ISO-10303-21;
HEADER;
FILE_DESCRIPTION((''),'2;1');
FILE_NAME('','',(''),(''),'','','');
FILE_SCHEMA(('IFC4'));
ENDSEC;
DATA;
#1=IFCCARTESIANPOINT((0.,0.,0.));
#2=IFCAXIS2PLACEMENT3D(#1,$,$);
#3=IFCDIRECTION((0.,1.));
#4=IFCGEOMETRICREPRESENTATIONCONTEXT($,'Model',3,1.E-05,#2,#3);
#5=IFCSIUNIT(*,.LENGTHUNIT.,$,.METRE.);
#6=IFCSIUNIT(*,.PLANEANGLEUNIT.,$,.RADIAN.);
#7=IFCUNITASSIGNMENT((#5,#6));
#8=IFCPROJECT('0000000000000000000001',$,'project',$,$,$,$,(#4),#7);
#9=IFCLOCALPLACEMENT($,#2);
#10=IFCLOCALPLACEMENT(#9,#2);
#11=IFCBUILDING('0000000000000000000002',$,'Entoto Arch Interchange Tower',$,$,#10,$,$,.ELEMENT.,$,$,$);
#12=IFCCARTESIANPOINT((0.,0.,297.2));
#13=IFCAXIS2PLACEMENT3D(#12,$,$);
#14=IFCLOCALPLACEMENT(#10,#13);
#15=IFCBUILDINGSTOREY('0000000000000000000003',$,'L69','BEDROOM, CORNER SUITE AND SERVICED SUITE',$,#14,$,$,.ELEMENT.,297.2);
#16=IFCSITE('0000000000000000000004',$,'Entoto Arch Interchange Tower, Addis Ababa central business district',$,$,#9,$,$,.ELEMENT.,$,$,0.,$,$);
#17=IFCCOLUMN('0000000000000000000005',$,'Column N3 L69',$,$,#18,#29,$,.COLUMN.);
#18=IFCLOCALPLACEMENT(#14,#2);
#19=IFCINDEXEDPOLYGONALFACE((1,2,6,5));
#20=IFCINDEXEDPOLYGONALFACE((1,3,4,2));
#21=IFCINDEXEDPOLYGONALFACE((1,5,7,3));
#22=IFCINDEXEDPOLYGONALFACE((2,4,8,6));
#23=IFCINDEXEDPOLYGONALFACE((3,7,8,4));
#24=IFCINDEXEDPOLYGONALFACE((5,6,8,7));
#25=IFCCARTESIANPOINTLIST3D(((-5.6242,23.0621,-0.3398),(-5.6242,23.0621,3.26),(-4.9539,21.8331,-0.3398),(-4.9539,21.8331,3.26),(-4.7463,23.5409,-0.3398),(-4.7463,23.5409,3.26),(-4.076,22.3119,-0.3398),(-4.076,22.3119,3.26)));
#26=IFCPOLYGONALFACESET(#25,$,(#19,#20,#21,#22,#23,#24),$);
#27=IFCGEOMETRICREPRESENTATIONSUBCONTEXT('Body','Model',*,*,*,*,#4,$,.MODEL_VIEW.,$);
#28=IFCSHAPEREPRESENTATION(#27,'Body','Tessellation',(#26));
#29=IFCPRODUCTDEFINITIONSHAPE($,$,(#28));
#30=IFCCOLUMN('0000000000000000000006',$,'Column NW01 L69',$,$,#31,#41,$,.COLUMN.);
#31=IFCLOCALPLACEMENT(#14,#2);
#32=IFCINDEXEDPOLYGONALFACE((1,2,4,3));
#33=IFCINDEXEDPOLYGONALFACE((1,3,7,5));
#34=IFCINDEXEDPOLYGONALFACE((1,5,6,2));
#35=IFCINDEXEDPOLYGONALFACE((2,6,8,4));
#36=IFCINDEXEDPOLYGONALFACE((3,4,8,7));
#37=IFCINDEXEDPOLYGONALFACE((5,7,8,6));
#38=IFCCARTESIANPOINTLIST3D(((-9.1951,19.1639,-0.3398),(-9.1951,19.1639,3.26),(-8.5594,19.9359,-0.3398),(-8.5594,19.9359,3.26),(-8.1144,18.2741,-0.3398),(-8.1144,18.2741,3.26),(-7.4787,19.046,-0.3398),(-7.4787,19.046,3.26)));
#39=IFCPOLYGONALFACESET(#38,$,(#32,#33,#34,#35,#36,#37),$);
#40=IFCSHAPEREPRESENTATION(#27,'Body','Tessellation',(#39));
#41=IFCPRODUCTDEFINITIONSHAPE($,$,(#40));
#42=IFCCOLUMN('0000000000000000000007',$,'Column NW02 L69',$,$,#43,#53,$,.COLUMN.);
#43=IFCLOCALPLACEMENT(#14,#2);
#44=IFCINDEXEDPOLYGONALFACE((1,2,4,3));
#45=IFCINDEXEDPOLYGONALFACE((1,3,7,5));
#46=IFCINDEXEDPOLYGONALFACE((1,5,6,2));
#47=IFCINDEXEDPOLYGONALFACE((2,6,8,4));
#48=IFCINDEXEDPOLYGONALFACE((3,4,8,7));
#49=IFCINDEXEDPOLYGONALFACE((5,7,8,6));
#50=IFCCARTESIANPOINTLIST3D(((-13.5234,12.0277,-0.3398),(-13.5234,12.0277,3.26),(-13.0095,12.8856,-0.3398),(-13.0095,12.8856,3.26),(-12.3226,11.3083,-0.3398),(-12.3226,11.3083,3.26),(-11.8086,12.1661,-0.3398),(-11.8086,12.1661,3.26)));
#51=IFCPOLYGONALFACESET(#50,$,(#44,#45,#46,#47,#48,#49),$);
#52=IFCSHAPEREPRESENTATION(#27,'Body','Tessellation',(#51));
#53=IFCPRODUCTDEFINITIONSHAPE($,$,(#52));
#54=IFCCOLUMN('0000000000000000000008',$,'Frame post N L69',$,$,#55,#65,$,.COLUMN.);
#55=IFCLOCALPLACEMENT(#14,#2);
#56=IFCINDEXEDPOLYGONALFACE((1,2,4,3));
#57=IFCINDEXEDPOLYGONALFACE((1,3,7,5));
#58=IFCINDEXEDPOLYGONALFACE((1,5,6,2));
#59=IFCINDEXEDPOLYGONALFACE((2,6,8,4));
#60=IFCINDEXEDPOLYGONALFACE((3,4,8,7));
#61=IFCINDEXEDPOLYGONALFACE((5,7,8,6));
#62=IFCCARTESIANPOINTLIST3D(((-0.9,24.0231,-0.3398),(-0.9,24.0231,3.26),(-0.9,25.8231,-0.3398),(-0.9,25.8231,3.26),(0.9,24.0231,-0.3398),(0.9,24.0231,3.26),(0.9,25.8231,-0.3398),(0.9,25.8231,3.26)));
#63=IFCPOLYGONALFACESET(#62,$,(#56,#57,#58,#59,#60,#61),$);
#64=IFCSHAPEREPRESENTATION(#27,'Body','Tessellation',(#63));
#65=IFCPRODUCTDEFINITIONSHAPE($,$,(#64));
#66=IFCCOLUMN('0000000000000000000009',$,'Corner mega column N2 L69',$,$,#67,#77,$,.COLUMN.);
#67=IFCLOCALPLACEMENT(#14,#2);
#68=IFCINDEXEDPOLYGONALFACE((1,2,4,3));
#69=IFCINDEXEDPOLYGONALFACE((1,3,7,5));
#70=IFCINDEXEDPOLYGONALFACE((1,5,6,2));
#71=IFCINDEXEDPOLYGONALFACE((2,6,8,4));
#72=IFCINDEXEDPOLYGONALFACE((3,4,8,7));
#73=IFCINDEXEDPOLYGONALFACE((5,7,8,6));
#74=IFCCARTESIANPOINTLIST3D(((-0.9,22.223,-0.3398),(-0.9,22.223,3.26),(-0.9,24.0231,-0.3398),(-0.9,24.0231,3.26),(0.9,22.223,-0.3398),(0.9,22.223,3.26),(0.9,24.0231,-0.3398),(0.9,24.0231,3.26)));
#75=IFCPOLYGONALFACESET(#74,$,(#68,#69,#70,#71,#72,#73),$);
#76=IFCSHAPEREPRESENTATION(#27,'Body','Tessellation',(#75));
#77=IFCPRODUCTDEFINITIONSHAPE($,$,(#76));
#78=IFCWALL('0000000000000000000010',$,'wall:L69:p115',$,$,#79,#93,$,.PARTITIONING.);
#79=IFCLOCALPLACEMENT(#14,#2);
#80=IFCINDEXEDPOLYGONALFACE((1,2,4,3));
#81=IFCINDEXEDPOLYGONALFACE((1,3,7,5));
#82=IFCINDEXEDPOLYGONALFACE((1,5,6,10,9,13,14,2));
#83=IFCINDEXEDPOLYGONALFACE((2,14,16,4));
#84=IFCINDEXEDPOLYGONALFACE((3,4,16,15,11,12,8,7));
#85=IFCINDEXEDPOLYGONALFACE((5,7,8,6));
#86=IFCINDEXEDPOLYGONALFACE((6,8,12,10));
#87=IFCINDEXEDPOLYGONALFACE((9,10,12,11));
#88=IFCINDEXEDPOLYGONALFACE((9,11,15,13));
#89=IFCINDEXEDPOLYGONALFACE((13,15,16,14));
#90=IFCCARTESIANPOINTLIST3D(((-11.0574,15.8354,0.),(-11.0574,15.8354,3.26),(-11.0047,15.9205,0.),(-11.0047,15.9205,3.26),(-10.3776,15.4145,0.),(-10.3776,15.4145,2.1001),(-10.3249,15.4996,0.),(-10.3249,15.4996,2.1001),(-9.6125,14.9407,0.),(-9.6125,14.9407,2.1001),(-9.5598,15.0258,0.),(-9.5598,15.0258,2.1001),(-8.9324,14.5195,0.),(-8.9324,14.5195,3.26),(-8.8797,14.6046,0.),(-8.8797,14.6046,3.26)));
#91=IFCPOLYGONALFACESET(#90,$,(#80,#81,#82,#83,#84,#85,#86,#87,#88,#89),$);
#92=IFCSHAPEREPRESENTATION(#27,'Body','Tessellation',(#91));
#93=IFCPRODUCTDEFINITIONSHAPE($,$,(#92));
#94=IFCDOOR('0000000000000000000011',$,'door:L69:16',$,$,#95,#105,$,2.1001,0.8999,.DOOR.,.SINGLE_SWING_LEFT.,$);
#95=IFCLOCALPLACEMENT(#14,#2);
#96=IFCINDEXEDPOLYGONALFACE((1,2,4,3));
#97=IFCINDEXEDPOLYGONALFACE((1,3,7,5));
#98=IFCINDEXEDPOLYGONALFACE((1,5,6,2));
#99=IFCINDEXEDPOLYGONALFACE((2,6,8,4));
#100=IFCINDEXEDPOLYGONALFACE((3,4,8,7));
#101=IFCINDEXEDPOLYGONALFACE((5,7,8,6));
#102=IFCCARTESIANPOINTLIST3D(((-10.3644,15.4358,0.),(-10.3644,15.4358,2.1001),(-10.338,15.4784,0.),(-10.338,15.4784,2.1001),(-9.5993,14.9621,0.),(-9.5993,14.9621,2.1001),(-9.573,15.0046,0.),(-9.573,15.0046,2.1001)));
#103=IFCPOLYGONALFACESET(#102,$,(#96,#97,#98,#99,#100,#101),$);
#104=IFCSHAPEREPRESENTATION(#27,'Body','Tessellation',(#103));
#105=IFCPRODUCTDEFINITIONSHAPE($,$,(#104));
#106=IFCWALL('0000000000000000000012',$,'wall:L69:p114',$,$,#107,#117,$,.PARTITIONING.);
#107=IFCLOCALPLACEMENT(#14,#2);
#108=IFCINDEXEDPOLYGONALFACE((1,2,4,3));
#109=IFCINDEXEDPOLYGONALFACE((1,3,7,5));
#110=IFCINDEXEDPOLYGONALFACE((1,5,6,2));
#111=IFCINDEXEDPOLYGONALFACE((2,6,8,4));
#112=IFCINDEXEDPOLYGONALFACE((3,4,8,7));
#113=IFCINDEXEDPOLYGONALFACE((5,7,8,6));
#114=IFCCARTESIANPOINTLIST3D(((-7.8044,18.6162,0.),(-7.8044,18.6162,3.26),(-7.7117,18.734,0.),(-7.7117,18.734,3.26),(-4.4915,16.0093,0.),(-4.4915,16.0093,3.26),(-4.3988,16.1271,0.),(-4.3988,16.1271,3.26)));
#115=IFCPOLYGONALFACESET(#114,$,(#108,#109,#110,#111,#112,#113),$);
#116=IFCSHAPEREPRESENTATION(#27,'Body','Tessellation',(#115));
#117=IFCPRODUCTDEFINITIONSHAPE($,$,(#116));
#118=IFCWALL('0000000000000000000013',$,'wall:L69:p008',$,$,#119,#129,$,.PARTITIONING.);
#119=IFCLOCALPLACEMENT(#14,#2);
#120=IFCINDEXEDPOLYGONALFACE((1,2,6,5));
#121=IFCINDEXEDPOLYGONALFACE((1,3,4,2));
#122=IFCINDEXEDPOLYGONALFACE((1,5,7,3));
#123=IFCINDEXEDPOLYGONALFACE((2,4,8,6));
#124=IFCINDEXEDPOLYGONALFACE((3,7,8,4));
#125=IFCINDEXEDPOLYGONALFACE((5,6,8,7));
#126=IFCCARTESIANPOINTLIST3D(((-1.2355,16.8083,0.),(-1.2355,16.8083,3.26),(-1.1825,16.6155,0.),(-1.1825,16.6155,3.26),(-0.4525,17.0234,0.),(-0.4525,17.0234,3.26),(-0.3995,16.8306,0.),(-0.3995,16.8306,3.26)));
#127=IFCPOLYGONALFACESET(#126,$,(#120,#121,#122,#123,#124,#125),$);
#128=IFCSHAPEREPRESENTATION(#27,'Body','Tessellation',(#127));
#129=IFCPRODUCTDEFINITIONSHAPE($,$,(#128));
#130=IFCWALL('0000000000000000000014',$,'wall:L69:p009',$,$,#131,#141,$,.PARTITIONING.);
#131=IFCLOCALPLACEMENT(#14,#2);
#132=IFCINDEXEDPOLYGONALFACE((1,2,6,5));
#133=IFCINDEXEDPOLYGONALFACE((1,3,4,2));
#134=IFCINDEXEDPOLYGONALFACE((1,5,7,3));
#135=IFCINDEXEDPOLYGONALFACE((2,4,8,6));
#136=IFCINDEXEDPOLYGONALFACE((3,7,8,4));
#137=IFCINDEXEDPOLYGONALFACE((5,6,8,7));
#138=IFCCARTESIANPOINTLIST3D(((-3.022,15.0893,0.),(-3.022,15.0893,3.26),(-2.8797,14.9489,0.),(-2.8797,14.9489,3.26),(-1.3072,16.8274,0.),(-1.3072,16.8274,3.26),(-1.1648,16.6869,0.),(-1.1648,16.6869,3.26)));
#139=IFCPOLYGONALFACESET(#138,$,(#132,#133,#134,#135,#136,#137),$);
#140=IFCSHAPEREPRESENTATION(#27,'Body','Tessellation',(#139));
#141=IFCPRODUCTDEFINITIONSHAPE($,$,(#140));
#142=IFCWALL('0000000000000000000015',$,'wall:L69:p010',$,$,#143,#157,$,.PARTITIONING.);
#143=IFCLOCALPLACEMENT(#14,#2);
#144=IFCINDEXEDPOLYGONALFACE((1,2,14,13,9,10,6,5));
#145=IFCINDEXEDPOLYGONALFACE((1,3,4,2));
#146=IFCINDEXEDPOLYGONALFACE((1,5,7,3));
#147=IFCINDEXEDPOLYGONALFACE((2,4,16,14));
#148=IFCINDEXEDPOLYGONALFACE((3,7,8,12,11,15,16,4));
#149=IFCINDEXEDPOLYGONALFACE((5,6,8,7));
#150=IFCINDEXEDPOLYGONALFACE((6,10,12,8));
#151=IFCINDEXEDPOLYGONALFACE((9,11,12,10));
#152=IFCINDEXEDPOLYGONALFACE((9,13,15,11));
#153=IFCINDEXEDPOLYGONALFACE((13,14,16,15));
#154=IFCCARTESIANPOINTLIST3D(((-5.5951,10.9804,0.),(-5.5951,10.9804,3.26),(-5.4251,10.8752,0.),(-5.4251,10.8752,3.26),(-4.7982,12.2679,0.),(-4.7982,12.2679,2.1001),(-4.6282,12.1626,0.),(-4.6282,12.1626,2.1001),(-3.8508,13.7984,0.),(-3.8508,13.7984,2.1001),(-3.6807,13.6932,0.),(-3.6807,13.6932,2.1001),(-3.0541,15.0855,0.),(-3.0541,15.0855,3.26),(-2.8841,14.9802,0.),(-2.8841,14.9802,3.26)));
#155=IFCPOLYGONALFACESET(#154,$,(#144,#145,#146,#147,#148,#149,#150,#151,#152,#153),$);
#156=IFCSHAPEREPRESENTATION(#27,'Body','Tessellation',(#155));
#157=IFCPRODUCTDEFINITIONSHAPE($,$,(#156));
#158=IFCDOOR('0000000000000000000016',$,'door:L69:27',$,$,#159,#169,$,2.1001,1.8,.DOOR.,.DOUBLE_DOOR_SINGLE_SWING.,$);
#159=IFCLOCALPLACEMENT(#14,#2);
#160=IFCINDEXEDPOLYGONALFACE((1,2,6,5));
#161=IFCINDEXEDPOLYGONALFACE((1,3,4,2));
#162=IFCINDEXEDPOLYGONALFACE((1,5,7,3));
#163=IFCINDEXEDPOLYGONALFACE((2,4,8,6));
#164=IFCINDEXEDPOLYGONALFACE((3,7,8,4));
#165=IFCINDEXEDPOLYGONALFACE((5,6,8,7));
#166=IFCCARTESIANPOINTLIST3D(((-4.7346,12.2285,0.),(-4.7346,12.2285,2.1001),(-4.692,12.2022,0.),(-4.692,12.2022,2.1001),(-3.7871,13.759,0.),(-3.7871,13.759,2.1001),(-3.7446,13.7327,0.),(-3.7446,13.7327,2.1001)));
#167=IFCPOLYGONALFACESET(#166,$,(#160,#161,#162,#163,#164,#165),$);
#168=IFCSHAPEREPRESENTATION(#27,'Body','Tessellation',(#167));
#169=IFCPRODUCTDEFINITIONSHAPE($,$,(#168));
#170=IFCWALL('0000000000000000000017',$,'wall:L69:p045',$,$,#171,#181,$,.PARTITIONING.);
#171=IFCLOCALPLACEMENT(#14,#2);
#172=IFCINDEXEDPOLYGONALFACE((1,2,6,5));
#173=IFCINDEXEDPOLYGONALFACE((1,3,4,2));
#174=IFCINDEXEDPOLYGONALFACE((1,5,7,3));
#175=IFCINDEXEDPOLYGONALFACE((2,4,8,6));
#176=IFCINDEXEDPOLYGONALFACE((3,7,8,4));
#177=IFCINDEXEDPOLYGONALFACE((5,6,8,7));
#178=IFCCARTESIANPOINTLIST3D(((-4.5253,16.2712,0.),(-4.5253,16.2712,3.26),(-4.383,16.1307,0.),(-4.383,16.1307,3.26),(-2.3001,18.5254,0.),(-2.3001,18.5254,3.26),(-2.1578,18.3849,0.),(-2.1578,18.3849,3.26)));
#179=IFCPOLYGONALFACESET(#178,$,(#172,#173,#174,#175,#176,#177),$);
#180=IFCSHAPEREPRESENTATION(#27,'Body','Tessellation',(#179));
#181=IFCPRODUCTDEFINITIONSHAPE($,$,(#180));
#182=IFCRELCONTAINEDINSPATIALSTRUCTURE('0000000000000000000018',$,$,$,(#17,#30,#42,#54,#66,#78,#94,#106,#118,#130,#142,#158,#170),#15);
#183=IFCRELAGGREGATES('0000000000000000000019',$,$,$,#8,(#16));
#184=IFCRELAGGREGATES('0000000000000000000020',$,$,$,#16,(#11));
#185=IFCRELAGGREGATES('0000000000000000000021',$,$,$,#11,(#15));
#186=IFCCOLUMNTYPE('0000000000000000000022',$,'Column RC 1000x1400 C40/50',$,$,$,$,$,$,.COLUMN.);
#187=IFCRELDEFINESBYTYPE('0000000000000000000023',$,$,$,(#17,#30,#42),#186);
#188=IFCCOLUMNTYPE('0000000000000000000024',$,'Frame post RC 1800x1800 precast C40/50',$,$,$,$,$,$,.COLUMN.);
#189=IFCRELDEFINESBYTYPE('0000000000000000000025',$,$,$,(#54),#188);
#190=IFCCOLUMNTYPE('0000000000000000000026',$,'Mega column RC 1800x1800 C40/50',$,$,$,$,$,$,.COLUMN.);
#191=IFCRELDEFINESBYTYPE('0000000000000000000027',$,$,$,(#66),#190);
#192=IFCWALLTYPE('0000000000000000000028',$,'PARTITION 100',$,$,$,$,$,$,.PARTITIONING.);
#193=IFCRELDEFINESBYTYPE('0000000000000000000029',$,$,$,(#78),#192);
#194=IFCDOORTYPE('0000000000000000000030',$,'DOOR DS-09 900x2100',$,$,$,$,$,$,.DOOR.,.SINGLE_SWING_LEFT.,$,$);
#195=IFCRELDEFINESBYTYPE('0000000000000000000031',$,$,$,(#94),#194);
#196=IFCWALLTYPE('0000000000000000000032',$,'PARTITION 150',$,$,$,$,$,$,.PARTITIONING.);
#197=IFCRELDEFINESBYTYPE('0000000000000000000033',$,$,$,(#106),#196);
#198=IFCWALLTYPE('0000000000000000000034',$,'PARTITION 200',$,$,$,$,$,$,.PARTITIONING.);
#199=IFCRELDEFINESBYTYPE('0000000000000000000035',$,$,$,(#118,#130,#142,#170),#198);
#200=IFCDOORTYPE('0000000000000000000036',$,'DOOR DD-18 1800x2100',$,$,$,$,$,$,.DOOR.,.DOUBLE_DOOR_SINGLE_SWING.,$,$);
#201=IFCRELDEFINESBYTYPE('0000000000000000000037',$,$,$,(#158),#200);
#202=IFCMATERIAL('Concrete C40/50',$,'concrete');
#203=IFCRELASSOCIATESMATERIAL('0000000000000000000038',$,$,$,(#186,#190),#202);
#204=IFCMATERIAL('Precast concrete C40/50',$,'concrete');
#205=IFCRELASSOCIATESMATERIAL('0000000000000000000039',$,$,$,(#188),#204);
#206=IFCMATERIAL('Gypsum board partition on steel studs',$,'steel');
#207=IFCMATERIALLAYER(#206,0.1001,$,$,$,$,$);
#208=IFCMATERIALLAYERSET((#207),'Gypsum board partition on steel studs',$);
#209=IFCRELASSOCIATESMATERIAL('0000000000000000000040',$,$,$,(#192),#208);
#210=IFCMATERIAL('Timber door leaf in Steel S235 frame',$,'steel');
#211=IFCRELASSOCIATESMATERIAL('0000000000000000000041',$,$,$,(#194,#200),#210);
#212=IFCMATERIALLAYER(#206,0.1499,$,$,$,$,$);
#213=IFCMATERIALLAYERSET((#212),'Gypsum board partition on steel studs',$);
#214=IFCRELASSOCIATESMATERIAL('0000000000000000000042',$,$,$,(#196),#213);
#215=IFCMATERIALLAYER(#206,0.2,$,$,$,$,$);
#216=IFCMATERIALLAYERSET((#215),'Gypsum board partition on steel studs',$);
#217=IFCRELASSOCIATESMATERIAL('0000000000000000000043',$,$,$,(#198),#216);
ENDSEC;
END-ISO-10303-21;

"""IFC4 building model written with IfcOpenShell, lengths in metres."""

from ifc_helpers import new_model, si_unit, direction, frame, frame_2d, origin, origin_2d, place, context, subcontext, project, spatial, rectangle, extrude, material, layer, layer_set, material_profile, profile_set, type_object, element, fill, save


model = new_model("IFC4")

# Units and contexts
model_context = context("Model", 3, precision=1e-05, world=origin(), true_north=direction((0.0, 1.0)))
body_context = subcontext(model_context, "Body", "Model", "MODEL_VIEW")
ifc_project = project(units=[si_unit("LENGTHUNIT", "METRE"), si_unit("PLANEANGLEUNIT", "RADIAN")], contexts=[model_context])

# Site, building, storey
site_placement = place(None, origin())
site = spatial("IfcSite", under=ifc_project, at=site_placement, Name="Entoto Arch Interchange Tower, Addis Ababa central business district", CompositionType="ELEMENT", RefElevation=0.0)
building_placement = place(site_placement, origin())
building = spatial("IfcBuilding", under=site, at=building_placement, Name="Entoto Arch Interchange Tower", CompositionType="ELEMENT")
storey_placement = place(building_placement, frame((0.0, 0.0, 297.2)))
storey = spatial("IfcBuildingStorey", under=building, at=storey_placement, Name="L69", Description="BEDROOM, CORNER SUITE AND SERVICED SUITE", CompositionType="ELEMENT", Elevation=297.2)

# Columns
ifc_material_1 = material(Name="Concrete C40/50", Category="concrete")
ifc_material_profile_1 = material_profile(ifc_material_1, rectangle(XDim=1.0, YDim=1.3999, at=origin_2d()))
ifc_profile_set_1 = profile_set([ifc_material_profile_1], Name="Concrete C40/50")
column_type_1 = type_object("IfcColumnType", Name="Column RC 1000x1400 C40/50", PredefinedType="COLUMN", material=ifc_profile_set_1)
for number, where, z_axis, x_axis, name in (
    (1, (-4.8501, 22.687, -0.3398), (0.0, 0.0, 1.0), (0.877899, 0.478845, 0.0), "Column N3 L69"),
    (2, (-8.3369, 19.105, -0.3398), (0.0, 0.0, 1.0), (0.635647, 0.77198, 0.0), "Column NW01 L69"),
    (3, (-12.666, 12.0969, -0.3398), (0.0, 0.0, 1.0), (0.513946, 0.857823, 0.0), "Column NW02 L69"),
):
    element("IfcColumn", number, at=place(storey_placement, frame(where, z_axis=z_axis, x_axis=x_axis)), inside=storey, type_object=column_type_1, Name=name, PredefinedType="COLUMN", context=body_context, shape_type="SweptSolid", body=[
        extrude(rectangle(XDim=1.0, YDim=1.3999, at=origin_2d()), origin(), (0.0, 0.0, 1.0), 3.5999),
    ])
ifc_material_2 = material(Name="Precast concrete C40/50", Category="concrete")
ifc_material_profile_2 = material_profile(ifc_material_2, rectangle(XDim=1.8, YDim=1.8, at=origin_2d()))
ifc_profile_set_2 = profile_set([ifc_material_profile_2], Name="Precast concrete C40/50")
column_type_2 = type_object("IfcColumnType", Name="Frame post RC 1800x1800 precast C40/50", PredefinedType="COLUMN", material=ifc_profile_set_2)
column_1_placement = place(storey_placement, frame((0.0, 24.9231, -0.3398), z_axis=(0.0, 0.0, 1.0), x_axis=(0.0, 1.0, 0.0)))
element("IfcColumn", 4, at=column_1_placement, inside=storey, type_object=column_type_2, Name="Frame post N L69", PredefinedType="COLUMN", context=body_context, shape_type="SweptSolid", body=[
    extrude(rectangle(XDim=1.8, YDim=1.8, at=origin_2d()), origin(), (0.0, 0.0, 1.0), 3.5999),
])
ifc_material_profile_3 = material_profile(ifc_material_1, rectangle(XDim=1.8, YDim=1.8, at=origin_2d()))
ifc_profile_set_3 = profile_set([ifc_material_profile_3], Name="Concrete C40/50")
column_type_3 = type_object("IfcColumnType", Name="Mega column RC 1800x1800 C40/50", PredefinedType="COLUMN", material=ifc_profile_set_3)
column_2_placement = place(storey_placement, frame((0.0, 23.123, -0.3398), z_axis=(0.0, 0.0, 1.0), x_axis=(0.0, 1.0, 0.0)))
element("IfcColumn", 5, at=column_2_placement, inside=storey, type_object=column_type_3, Name="Corner mega column N2 L69", PredefinedType="COLUMN", context=body_context, shape_type="SweptSolid", body=[
    extrude(rectangle(XDim=1.8, YDim=1.8, at=origin_2d()), origin(), (0.0, 0.0, 1.0), 3.5999),
])

# Wall, opening, door
ifc_material_3 = material(Name="Gypsum board partition on steel studs", Category="steel")
ifc_layer_1 = layer(ifc_material_3, 0.1001)
ifc_layer_set_1 = layer_set([ifc_layer_1], Name="Gypsum board partition on steel studs")
wall_type_1 = type_object("IfcWallType", Name="PARTITION 100", PredefinedType="PARTITIONING", material=ifc_layer_set_1)
wall_1_placement = place(storey_placement, frame((-8.906, 14.562, 0.0), z_axis=(0.0, 0.0, 1.0), x_axis=(-0.850186, 0.526482, 0.0)))
wall_1 = element("IfcWall", 6, at=wall_1_placement, inside=storey, type_object=wall_type_1, Name="wall:L69:p115", PredefinedType="PARTITIONING", context=body_context, shape_type="SweptSolid", body=[
    extrude(rectangle(XDim=2.4995, YDim=0.1001, at=frame_2d((1.2498, 0.0))), origin(), (0.0, 0.0, 1.0), 3.26),
])
opening_1_placement = place(wall_1_placement, frame((0.8, 0.0, 0.0)))
opening_1 = element("IfcOpeningElement", 7, at=opening_1_placement, cuts=wall_1, PredefinedType="OPENING", context=body_context, shape_type="SweptSolid", body=[
    extrude(rectangle(XDim=0.8999, YDim=2.1001, at=frame_2d((0.45, 1.05))), frame((0.0, 0.0601, 0.0), z_axis=(0.0, -1.0, 0.0), x_axis=(1.0, 0.0, 0.0)), (0.0, 0.0, 1.0), 0.1201),
])
ifc_material_4 = material(Name="Timber door leaf in Steel S235 frame", Category="steel")
door_type_1 = type_object("IfcDoorType", Name="DOOR DS-09 900x2100", OperationType="SINGLE_SWING_LEFT", PredefinedType="DOOR", material=ifc_material_4)
door_1_placement = place(opening_1_placement, origin())
door_1 = element("IfcDoor", 8, at=door_1_placement, inside=storey, type_object=door_type_1, Name="door:L69:16", OperationType="SINGLE_SWING_LEFT", OverallHeight=2.1001, OverallWidth=0.8999, PredefinedType="DOOR", context=body_context, shape_type="SweptSolid", body=[
    extrude(rectangle(XDim=0.8999, YDim=2.1001, at=frame_2d((0.45, 1.05))), frame((0.0, 0.0249, 0.0), z_axis=(0.0, -1.0, 0.0), x_axis=(1.0, 0.0, 0.0)), (0.0, 0.0, 1.0), 0.05),
])
fill(opening_1, door_1)

# Walls
ifc_layer_2 = layer(ifc_material_3, 0.1499)
ifc_layer_set_2 = layer_set([ifc_layer_2], Name="Gypsum board partition on steel studs")
wall_type_2 = type_object("IfcWallType", Name="PARTITION 150", PredefinedType="PARTITIONING", material=ifc_layer_set_2)
wall_2_placement = place(storey_placement, frame((-4.4451, 16.0681, 0.0), z_axis=(0.0, 0.0, 1.0), x_axis=(-0.785872, 0.618389, 0.0)))
element("IfcWall", 9, at=wall_2_placement, inside=storey, type_object=wall_type_2, Name="wall:L69:p114", PredefinedType="PARTITIONING", context=body_context, shape_type="SweptSolid", body=[
    extrude(rectangle(XDim=4.2156, YDim=0.1499, at=frame_2d((2.1079, 0.0))), origin(), (0.0, 0.0, 1.0), 3.26),
])
ifc_layer_3 = layer(ifc_material_3, 0.2)
ifc_layer_set_3 = layer_set([ifc_layer_3], Name="Gypsum board partition on steel studs")
wall_type_3 = type_object("IfcWallType", Name="PARTITION 200", PredefinedType="PARTITIONING", material=ifc_layer_set_3)
wall_3_placement = place(storey_placement, frame((-0.426, 16.927, 0.0), z_axis=(0.0, 0.0, 1.0), x_axis=(-0.964276, -0.264898, 0.0)))
element("IfcWall", 10, at=wall_3_placement, inside=storey, type_object=wall_type_3, Name="wall:L69:p008", PredefinedType="PARTITIONING", context=body_context, shape_type="SweptSolid", body=[
    extrude(rectangle(XDim=0.812, YDim=0.2, at=frame_2d((0.406, 0.0))), origin(), (0.0, 0.0, 1.0), 3.26),
])
wall_4_placement = place(storey_placement, frame((-1.2361, 16.7571, 0.0), z_axis=(0.0, 0.0, 1.0), x_axis=(-0.702341, -0.71184, 0.0)))
element("IfcWall", 11, at=wall_4_placement, inside=storey, type_object=wall_type_3, Name="wall:L69:p009", PredefinedType="PARTITIONING", context=body_context, shape_type="SweptSolid", body=[
    extrude(rectangle(XDim=2.4417, YDim=0.2, at=frame_2d((1.2207, 0.0))), origin(), (0.0, 0.0, 1.0), 3.26),
])

# Wall, opening, door
wall_5_placement = place(storey_placement, frame((-2.969, 15.033, 0.0), z_axis=(0.0, 0.0, 1.0), x_axis=(-0.52633, -0.85028, 0.0)))
wall_5 = element("IfcWall", 12, at=wall_5_placement, inside=storey, type_object=wall_type_3, Name="wall:L69:p010", PredefinedType="PARTITIONING", context=body_context, shape_type="SweptSolid", body=[
    extrude(rectangle(XDim=4.8279, YDim=0.2, at=frame_2d((2.4141, 0.0))), origin(), (0.0, 0.0, 1.0), 3.26),
])
opening_2_placement = place(wall_5_placement, frame((1.5139, 0.0, 0.0)))
opening_2 = element("IfcOpeningElement", 13, at=opening_2_placement, cuts=wall_5, PredefinedType="OPENING", context=body_context, shape_type="SweptSolid", body=[
    extrude(rectangle(XDim=1.8, YDim=2.1001, at=frame_2d((0.8999, 1.05))), frame((0.0, 0.1099, 0.0), z_axis=(0.0, -1.0, 0.0), x_axis=(1.0, 0.0, 0.0)), (0.0, 0.0, 1.0), 0.22),
])
door_type_2 = type_object("IfcDoorType", Name="DOOR DD-18 1800x2100", OperationType="DOUBLE_DOOR_SINGLE_SWING", PredefinedType="DOOR", material=ifc_material_4)
door_2_placement = place(opening_2_placement, origin())
door_2 = element("IfcDoor", 14, at=door_2_placement, inside=storey, type_object=door_type_2, Name="door:L69:27", OperationType="DOUBLE_DOOR_SINGLE_SWING", OverallHeight=2.1001, OverallWidth=1.8, PredefinedType="DOOR", context=body_context, shape_type="SweptSolid", body=[
    extrude(rectangle(XDim=1.8, YDim=2.1001, at=frame_2d((0.8999, 1.05))), frame((0.0, 0.0249, 0.0), z_axis=(0.0, -1.0, 0.0), x_axis=(1.0, 0.0, 0.0)), (0.0, 0.0, 1.0), 0.05),
])
fill(opening_2, door_2)

# Wall
wall_6_placement = place(storey_placement, frame((-4.4541, 16.2009, 0.0), z_axis=(0.0, 0.0, 1.0), x_axis=(0.702506, 0.711678, 0.0)))
element("IfcWall", 15, at=wall_6_placement, inside=storey, type_object=wall_type_3, Name="wall:L69:p045", PredefinedType="PARTITIONING", context=body_context, shape_type="SweptSolid", body=[
    extrude(rectangle(XDim=3.1675, YDim=0.2, at=frame_2d((1.5837, 0.0))), origin(), (0.0, 0.0, 1.0), 3.26),
])

save(model, "model.ifc")
